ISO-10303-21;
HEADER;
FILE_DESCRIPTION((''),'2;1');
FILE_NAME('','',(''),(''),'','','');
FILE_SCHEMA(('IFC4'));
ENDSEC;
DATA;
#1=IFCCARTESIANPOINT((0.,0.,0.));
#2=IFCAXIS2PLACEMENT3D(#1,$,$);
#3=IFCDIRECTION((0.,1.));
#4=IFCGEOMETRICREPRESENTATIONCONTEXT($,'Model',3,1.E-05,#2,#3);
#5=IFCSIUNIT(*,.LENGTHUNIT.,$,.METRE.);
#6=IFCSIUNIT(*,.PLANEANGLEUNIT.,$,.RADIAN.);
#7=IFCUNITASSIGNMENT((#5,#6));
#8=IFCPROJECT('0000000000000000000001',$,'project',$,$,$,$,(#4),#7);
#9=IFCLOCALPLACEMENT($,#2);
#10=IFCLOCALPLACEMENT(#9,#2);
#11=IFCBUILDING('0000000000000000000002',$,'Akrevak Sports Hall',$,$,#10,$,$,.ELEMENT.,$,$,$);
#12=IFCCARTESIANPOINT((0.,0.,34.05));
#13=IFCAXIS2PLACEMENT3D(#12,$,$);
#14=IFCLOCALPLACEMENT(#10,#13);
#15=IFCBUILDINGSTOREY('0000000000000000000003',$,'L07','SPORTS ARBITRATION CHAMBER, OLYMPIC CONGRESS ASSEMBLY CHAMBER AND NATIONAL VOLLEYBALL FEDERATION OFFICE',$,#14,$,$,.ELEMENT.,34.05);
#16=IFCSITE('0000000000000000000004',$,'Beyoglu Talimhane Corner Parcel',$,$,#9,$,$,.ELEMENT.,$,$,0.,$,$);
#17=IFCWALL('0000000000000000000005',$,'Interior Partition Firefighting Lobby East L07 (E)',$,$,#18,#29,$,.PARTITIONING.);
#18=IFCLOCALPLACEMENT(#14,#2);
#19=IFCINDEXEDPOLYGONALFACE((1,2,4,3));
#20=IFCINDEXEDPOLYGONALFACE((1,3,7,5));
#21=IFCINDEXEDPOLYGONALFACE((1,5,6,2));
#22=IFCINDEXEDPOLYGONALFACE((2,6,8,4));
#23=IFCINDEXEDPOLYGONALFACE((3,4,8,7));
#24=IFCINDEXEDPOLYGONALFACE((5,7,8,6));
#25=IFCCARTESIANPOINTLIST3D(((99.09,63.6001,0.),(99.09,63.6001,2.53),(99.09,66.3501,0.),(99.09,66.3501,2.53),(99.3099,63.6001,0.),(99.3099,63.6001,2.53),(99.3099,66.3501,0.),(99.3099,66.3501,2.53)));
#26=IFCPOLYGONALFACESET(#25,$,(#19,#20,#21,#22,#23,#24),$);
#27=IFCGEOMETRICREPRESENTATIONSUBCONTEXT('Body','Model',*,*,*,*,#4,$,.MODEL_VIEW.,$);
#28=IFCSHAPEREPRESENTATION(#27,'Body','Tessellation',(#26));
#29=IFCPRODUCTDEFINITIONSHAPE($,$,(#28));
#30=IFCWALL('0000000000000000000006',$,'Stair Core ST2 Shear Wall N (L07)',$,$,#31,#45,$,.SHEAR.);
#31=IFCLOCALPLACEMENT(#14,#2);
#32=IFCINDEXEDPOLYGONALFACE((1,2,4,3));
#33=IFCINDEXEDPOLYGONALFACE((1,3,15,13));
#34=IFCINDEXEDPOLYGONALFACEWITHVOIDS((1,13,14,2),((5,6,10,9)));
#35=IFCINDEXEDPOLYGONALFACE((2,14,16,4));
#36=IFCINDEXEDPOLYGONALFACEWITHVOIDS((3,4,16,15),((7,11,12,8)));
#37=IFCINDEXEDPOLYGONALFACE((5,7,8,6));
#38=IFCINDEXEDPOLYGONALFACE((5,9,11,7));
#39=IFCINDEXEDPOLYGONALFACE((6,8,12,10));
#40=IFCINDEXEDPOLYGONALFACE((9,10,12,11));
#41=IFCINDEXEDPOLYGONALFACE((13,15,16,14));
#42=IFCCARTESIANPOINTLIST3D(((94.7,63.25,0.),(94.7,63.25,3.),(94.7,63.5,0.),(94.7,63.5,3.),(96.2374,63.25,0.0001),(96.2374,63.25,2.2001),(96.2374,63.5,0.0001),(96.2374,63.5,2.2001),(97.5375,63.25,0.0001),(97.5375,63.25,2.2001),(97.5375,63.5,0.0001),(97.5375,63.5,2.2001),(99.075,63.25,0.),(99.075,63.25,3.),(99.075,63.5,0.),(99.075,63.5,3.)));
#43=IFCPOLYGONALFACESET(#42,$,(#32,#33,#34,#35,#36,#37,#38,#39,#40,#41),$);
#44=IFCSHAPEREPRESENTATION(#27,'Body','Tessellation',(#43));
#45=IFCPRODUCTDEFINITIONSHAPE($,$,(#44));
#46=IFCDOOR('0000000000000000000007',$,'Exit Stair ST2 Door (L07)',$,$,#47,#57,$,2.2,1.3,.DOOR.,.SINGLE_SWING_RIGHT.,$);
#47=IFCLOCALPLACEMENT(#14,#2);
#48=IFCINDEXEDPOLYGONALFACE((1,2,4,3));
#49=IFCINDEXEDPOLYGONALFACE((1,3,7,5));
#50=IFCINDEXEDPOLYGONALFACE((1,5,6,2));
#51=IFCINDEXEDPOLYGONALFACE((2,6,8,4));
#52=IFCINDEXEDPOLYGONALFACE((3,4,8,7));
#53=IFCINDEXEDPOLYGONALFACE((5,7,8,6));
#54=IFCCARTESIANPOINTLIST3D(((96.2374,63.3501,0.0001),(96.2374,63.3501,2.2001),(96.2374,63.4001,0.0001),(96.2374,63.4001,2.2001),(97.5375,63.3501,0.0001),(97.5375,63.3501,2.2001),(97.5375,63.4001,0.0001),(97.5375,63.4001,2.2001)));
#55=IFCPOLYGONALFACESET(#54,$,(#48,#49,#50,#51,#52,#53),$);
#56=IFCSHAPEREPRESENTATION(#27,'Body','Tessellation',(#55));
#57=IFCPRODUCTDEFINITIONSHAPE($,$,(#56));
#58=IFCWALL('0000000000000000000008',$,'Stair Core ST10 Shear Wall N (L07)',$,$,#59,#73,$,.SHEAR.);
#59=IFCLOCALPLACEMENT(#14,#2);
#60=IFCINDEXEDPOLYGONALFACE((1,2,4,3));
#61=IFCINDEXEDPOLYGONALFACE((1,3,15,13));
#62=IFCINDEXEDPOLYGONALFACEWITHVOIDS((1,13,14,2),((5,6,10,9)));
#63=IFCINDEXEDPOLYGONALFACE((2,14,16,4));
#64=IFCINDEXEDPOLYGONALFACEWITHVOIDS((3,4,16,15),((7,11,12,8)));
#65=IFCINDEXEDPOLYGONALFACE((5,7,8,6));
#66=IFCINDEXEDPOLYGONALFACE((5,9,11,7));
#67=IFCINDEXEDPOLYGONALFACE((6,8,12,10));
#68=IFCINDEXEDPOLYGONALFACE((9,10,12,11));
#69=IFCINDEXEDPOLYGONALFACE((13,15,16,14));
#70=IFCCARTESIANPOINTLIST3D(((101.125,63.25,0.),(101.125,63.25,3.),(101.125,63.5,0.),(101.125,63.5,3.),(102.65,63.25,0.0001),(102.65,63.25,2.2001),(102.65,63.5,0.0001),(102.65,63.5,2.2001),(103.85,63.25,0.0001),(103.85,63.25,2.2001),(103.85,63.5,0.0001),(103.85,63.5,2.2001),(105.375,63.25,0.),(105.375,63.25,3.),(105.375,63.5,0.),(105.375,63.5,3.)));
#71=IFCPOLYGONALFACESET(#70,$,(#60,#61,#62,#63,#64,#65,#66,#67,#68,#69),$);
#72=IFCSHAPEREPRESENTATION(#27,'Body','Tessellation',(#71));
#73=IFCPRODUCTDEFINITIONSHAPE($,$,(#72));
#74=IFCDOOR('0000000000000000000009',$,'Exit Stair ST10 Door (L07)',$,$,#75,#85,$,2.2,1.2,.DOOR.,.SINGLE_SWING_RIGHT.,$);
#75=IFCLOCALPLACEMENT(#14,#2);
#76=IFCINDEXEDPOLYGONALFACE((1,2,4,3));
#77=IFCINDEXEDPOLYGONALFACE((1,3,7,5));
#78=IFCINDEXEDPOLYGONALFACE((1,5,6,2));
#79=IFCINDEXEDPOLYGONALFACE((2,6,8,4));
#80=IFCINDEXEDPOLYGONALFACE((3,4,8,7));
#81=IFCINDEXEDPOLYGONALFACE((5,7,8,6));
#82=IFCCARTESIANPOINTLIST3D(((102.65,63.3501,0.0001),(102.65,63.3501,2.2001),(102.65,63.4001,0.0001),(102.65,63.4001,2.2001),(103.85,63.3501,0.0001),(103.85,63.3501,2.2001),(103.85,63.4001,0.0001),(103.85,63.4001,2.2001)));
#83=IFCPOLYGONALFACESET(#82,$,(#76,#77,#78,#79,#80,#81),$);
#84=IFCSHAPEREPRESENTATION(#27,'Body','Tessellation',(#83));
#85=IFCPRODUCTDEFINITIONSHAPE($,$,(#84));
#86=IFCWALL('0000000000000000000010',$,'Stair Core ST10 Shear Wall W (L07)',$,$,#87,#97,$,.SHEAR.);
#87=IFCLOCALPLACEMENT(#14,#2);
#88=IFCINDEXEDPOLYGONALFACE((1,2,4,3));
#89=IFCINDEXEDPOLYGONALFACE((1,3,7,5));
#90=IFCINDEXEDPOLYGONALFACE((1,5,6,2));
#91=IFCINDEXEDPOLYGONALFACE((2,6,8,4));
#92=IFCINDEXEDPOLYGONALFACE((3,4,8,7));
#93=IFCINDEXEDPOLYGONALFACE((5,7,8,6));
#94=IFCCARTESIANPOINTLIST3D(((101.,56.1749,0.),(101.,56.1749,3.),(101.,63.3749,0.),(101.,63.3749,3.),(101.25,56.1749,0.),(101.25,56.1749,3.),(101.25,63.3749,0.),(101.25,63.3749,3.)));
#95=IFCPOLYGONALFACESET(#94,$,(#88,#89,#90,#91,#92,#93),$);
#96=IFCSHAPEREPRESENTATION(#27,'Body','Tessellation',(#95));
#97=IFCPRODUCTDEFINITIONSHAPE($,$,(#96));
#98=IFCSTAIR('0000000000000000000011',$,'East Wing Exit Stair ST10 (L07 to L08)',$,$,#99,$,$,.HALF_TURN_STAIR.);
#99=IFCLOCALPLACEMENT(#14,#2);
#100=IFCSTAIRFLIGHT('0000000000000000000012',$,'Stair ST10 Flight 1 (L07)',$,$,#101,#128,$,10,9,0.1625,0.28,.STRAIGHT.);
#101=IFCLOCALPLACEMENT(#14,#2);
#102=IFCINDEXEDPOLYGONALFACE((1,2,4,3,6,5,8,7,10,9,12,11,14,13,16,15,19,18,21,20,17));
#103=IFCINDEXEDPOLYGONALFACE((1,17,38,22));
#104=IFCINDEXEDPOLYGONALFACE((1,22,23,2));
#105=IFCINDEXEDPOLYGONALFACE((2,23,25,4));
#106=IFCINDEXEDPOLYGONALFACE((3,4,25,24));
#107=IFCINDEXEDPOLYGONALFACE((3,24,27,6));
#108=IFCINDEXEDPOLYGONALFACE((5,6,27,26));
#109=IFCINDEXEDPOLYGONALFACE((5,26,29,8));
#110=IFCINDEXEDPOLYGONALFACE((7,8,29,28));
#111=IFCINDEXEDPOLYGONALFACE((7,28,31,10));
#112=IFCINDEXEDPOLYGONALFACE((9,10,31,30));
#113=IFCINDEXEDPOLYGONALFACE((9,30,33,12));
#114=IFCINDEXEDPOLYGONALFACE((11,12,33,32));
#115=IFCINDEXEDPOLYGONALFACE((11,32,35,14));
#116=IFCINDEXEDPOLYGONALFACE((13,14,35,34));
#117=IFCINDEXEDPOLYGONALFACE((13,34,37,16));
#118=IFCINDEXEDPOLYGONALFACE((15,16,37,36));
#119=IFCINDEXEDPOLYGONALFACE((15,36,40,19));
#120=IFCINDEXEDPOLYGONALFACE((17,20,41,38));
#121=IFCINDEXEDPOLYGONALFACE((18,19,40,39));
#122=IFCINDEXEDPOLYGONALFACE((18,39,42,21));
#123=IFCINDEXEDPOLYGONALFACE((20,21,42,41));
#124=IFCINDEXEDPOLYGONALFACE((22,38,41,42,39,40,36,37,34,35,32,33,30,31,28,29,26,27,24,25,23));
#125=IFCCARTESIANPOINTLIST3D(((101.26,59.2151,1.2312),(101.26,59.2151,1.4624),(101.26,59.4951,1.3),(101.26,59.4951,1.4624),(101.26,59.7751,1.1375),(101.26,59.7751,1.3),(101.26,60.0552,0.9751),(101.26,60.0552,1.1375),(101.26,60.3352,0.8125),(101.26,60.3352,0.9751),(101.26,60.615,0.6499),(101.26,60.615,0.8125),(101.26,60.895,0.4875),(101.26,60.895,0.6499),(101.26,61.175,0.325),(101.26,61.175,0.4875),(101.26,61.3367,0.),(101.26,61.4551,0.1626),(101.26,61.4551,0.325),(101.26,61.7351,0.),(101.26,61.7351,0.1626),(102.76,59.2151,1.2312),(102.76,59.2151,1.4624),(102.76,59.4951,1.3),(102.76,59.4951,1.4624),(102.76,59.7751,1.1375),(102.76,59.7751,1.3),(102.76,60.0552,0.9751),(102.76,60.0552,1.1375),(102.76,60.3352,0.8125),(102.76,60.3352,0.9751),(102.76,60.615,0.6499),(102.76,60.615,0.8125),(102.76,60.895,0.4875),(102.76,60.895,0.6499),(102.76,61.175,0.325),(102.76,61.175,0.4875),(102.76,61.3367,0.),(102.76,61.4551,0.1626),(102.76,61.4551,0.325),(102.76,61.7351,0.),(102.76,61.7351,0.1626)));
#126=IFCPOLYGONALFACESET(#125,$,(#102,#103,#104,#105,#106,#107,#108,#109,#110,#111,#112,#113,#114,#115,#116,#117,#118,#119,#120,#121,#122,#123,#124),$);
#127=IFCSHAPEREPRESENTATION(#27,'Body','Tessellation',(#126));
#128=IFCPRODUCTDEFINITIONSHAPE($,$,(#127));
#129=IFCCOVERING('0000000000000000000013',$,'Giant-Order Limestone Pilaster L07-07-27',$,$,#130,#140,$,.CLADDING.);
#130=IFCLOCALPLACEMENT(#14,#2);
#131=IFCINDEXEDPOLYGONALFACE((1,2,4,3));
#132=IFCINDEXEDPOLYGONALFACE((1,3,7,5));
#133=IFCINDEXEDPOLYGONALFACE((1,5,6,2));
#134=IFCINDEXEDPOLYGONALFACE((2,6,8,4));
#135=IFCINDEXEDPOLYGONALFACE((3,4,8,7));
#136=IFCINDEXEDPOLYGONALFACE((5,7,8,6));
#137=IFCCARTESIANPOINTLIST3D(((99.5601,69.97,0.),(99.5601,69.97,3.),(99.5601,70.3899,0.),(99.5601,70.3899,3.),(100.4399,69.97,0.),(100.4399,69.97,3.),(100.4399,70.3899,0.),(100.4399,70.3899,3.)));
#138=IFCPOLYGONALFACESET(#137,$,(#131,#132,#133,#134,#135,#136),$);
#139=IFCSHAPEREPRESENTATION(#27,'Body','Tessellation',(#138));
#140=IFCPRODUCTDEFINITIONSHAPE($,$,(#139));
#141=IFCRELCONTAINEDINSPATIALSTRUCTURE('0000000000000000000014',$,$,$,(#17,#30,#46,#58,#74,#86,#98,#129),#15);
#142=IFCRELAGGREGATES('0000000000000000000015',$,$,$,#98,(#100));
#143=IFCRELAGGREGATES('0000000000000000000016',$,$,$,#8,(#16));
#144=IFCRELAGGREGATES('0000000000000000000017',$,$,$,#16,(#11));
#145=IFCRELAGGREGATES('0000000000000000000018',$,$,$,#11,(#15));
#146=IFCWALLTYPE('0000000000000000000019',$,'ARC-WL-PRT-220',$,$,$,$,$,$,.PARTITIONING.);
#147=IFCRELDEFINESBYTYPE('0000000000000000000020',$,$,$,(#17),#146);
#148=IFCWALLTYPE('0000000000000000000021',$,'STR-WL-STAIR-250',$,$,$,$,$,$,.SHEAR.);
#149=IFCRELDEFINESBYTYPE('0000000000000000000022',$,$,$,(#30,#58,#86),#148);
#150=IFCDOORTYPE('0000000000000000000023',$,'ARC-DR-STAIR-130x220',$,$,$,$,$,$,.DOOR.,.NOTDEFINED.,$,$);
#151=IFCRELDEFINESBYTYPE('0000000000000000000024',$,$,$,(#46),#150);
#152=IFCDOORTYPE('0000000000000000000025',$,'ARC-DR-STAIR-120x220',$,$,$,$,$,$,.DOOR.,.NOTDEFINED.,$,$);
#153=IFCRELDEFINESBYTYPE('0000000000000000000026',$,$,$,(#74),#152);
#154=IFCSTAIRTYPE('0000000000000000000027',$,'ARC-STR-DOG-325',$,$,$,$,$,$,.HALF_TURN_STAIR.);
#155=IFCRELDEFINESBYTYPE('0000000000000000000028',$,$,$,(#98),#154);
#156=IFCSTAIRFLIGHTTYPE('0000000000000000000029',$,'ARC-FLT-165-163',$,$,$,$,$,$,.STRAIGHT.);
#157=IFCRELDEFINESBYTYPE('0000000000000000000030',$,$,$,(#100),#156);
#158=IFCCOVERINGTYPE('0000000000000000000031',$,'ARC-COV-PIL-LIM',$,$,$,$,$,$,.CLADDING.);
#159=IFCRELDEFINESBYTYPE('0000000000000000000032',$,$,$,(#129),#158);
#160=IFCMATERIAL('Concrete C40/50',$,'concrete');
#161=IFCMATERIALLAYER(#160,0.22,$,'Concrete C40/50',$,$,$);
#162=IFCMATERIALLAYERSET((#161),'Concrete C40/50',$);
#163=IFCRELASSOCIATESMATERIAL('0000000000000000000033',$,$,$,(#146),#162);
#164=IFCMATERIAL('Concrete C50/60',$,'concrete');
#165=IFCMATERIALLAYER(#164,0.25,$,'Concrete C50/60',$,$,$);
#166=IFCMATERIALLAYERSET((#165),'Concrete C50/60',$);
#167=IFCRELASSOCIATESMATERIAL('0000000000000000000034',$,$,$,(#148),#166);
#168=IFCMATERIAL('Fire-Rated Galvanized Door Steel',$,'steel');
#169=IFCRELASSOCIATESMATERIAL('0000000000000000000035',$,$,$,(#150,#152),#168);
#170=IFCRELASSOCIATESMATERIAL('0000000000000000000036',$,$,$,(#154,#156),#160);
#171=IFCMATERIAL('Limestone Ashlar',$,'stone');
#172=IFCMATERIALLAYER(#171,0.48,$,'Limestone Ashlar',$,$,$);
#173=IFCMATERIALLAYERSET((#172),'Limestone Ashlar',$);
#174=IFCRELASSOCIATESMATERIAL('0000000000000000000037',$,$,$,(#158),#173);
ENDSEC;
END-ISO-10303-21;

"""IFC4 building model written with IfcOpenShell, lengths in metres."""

from ifc_helpers import new_model, si_unit, direction, frame, frame_2d, origin, origin_2d, place, context, subcontext, project, spatial, polyline, rectangle, outline, extrude, material, layer, layer_set, type_object, element, fill, aggregate, save


model = new_model("IFC4")

# Units and contexts
model_context = context("Model", 3, precision=1e-05, world=origin(), true_north=direction((0.0, 1.0)))
body_context = subcontext(model_context, "Body", "Model", "MODEL_VIEW")
ifc_project = project(units=[si_unit("LENGTHUNIT", "METRE"), si_unit("PLANEANGLEUNIT", "RADIAN")], contexts=[model_context])

# Site, building, storey
site_placement = place(None, origin())
site = spatial("IfcSite", under=ifc_project, at=site_placement, Name="Beyoglu Talimhane Corner Parcel", CompositionType="ELEMENT", RefElevation=0.0)
building_placement = place(site_placement, origin())
building = spatial("IfcBuilding", under=site, at=building_placement, Name="Akrevak Sports Hall", CompositionType="ELEMENT")
storey_placement = place(building_placement, frame((0.0, 0.0, 34.05)))
storey = spatial("IfcBuildingStorey", under=building, at=storey_placement, Name="L07", Description="SPORTS ARBITRATION CHAMBER, OLYMPIC CONGRESS ASSEMBLY CHAMBER AND NATIONAL VOLLEYBALL FEDERATION OFFICE", CompositionType="ELEMENT", Elevation=34.05)

# Shared definitions
ifc_material_1 = material(Name="Concrete C40/50", Category="concrete")

# Shared definitions
ifc_material_2 = material(Name="Limestone Ashlar", Category="stone")

# Shared definitions
ifc_material_3 = material(Name="Fire-Rated Galvanized Door Steel", Category="steel")

# Wall
ifc_layer_1 = layer(ifc_material_1, 0.22, Name="Concrete C40/50")
ifc_layer_set_1 = layer_set([ifc_layer_1], Name="Concrete C40/50")
wall_type_1 = type_object("IfcWallType", Name="ARC-WL-PRT-220", PredefinedType="PARTITIONING", material=ifc_layer_set_1)
wall_1_placement = place(storey_placement, frame((99.2, 63.6001, 0.0), z_axis=(0.0, 0.0, 1.0), x_axis=(0.0, 1.0, 0.0)))
element("IfcWall", 1, at=wall_1_placement, inside=storey, type_object=wall_type_1, Name="Interior Partition Firefighting Lobby East L07 (E)", PredefinedType="PARTITIONING", context=body_context, shape_type="SweptSolid", body=[
    extrude(rectangle(XDim=2.75, YDim=0.22, at=frame_2d((1.375, 0.0))), origin(), (0.0, 0.0, 1.0), 2.53),
])

# Walls, openings, doors
ifc_material_4 = material(Name="Concrete C50/60", Category="concrete")
ifc_layer_2 = layer(ifc_material_4, 0.25, Name="Concrete C50/60")
ifc_layer_set_2 = layer_set([ifc_layer_2], Name="Concrete C50/60")
wall_type_2 = type_object("IfcWallType", Name="STR-WL-STAIR-250", PredefinedType="SHEAR", material=ifc_layer_set_2)
wall_2_placement = place(storey_placement, frame((99.075, 63.375, 0.0), z_axis=(0.0, 0.0, 1.0), x_axis=(-1.0, 0.0, 0.0)))
wall_2 = element("IfcWall", 2, at=wall_2_placement, inside=storey, type_object=wall_type_2, Name="Stair Core ST2 Shear Wall N (L07)", PredefinedType="SHEAR", context=body_context, shape_type="SweptSolid", body=[
    extrude(rectangle(XDim=4.375, YDim=0.25, at=frame_2d((2.1875, 0.0))), origin(), (0.0, 0.0, 1.0), 3.0),
])
opening_1_placement = place(wall_2_placement, frame((1.5376, 0.0, 0.0)))
opening_1 = element("IfcOpeningElement", 3, at=opening_1_placement, cuts=wall_2, PredefinedType="OPENING", context=body_context, shape_type="SweptSolid", body=[
    extrude(rectangle(XDim=1.3, YDim=2.2, at=frame_2d((0.6499, 1.1001))), frame((0.0, 0.137, 0.0), z_axis=(0.0, -1.0, 0.0), x_axis=(1.0, 0.0, 0.0)), (0.0, 0.0, 1.0), 0.2739),
])
door_type_1 = type_object("IfcDoorType", Name="ARC-DR-STAIR-130x220", OperationType="NOTDEFINED", PredefinedType="DOOR", material=ifc_material_3)
door_1_placement = place(opening_1_placement, origin())
door_1 = element("IfcDoor", 4, at=door_1_placement, inside=storey, type_object=door_type_1, Name="Exit Stair ST2 Door (L07)", OperationType="SINGLE_SWING_RIGHT", OverallHeight=2.2, OverallWidth=1.3, PredefinedType="DOOR", context=body_context, shape_type="SweptSolid", body=[
    extrude(rectangle(XDim=1.3, YDim=2.2, at=frame_2d((0.6499, 1.1001))), frame((0.0, 0.0249, 0.0), z_axis=(0.0, -1.0, 0.0), x_axis=(1.0, 0.0, 0.0)), (0.0, 0.0, 1.0), 0.05),
])
fill(opening_1, door_1)
wall_3_placement = place(storey_placement, frame((105.375, 63.375, 0.0), z_axis=(0.0, 0.0, 1.0), x_axis=(-1.0, 0.0, 0.0)))
wall_3 = element("IfcWall", 5, at=wall_3_placement, inside=storey, type_object=wall_type_2, Name="Stair Core ST10 Shear Wall N (L07)", PredefinedType="SHEAR", context=body_context, shape_type="SweptSolid", body=[
    extrude(rectangle(XDim=4.25, YDim=0.25, at=frame_2d((2.125, 0.0))), origin(), (0.0, 0.0, 1.0), 3.0),
])
opening_2_placement = place(wall_3_placement, frame((1.5249, 0.0, 0.0)))
opening_2 = element("IfcOpeningElement", 6, at=opening_2_placement, cuts=wall_3, PredefinedType="OPENING", context=body_context, shape_type="SweptSolid", body=[
    extrude(rectangle(XDim=1.2, YDim=2.2, at=frame_2d((0.6001, 1.1001))), frame((0.0, 0.137, 0.0), z_axis=(0.0, -1.0, 0.0), x_axis=(1.0, 0.0, 0.0)), (0.0, 0.0, 1.0), 0.2739),
])
door_type_2 = type_object("IfcDoorType", Name="ARC-DR-STAIR-120x220", OperationType="NOTDEFINED", PredefinedType="DOOR", material=ifc_material_3)
door_2_placement = place(opening_2_placement, origin())
door_2 = element("IfcDoor", 7, at=door_2_placement, inside=storey, type_object=door_type_2, Name="Exit Stair ST10 Door (L07)", OperationType="SINGLE_SWING_RIGHT", OverallHeight=2.2, OverallWidth=1.2, PredefinedType="DOOR", context=body_context, shape_type="SweptSolid", body=[
    extrude(rectangle(XDim=1.2, YDim=2.2, at=frame_2d((0.6001, 1.1001))), frame((0.0, 0.0249, 0.0), z_axis=(0.0, -1.0, 0.0), x_axis=(1.0, 0.0, 0.0)), (0.0, 0.0, 1.0), 0.05),
])
fill(opening_2, door_2)

# Wall
wall_4_placement = place(storey_placement, frame((101.125, 63.375, 0.0), z_axis=(0.0, 0.0, 1.0), x_axis=(0.0, -1.0, 0.0)))
element("IfcWall", 8, at=wall_4_placement, inside=storey, type_object=wall_type_2, Name="Stair Core ST10 Shear Wall W (L07)", PredefinedType="SHEAR", context=body_context, shape_type="SweptSolid", body=[
    extrude(rectangle(XDim=7.2, YDim=0.25, at=frame_2d((3.6001, 0.0))), origin(), (0.0, 0.0, 1.0), 3.0),
])

# Stair, stair flight
stair_type = type_object("IfcStairType", Name="ARC-STR-DOG-325", PredefinedType="HALF_TURN_STAIR", material=ifc_material_1)
stair_placement = place(storey_placement, origin())
stair = element("IfcStair", 9, at=stair_placement, inside=storey, type_object=stair_type, Name="East Wing Exit Stair ST10 (L07 to L08)", PredefinedType="HALF_TURN_STAIR")
stair_flight_type = type_object("IfcStairFlightType", Name="ARC-FLT-165-163", PredefinedType="STRAIGHT", material=ifc_material_1)
stair_flight_placement = place(storey_placement, frame((102.01, 61.7351, 0.0), z_axis=(0.0, 0.0, 1.0), x_axis=(0.0, -1.0, 0.0)))
stair_flight = element("IfcStairFlight", 10, at=stair_flight_placement, type_object=stair_flight_type, Name="Stair ST10 Flight 1 (L07)", NumberOfRisers=10, NumberOfTreads=9, PredefinedType="STRAIGHT", RiserHeight=0.1625, TreadLength=0.28, context=body_context, shape_type="SweptSolid", body=[
    extrude(outline(polyline([(0.0, 0.0), (0.0, 0.1626), (0.28, 0.1626), (0.28, 0.325), (0.5601, 0.325), (0.5601, 0.4875), (0.8401, 0.4875), (0.8401, 0.6499), (1.1201, 0.6499), (1.1201, 0.8125), (1.3999, 0.8125), (1.3999, 0.9751), (1.6799, 0.9751), (1.6799, 1.1375), (1.96, 1.1375), (1.96, 1.3), (2.24, 1.3), (2.24, 1.4624), (2.52, 1.4624), (2.52, 1.625), (2.52, 1.2312), (0.3984, 0.0), (0.0, 0.0)])), frame((0.0, 0.75, 0.0), z_axis=(0.0, -1.0, 0.0), x_axis=(1.0, 0.0, 0.0)), (0.0, 0.0, 1.0), 1.5),
])
aggregate(stair, [stair_flight])

# Covering
ifc_layer_3 = layer(ifc_material_2, 0.48, Name="Limestone Ashlar")
ifc_layer_set_3 = layer_set([ifc_layer_3], Name="Limestone Ashlar")
covering_type = type_object("IfcCoveringType", Name="ARC-COV-PIL-LIM", PredefinedType="CLADDING", material=ifc_layer_set_3)
covering_placement = place(storey_placement, frame((100.0, 70.1799, 0.0), z_axis=(0.0, 0.0, 1.0), x_axis=(-1.0, 0.0, 0.0)))
element("IfcCovering", 11, at=covering_placement, inside=storey, type_object=covering_type, Name="Giant-Order Limestone Pilaster L07-07-27", PredefinedType="CLADDING", context=body_context, shape_type="SweptSolid", body=[
    extrude(rectangle(XDim=0.8799, YDim=0.4199, at=origin_2d()), origin(), (0.0, 0.0, 1.0), 3.0),
])

save(model, "model.ifc")
